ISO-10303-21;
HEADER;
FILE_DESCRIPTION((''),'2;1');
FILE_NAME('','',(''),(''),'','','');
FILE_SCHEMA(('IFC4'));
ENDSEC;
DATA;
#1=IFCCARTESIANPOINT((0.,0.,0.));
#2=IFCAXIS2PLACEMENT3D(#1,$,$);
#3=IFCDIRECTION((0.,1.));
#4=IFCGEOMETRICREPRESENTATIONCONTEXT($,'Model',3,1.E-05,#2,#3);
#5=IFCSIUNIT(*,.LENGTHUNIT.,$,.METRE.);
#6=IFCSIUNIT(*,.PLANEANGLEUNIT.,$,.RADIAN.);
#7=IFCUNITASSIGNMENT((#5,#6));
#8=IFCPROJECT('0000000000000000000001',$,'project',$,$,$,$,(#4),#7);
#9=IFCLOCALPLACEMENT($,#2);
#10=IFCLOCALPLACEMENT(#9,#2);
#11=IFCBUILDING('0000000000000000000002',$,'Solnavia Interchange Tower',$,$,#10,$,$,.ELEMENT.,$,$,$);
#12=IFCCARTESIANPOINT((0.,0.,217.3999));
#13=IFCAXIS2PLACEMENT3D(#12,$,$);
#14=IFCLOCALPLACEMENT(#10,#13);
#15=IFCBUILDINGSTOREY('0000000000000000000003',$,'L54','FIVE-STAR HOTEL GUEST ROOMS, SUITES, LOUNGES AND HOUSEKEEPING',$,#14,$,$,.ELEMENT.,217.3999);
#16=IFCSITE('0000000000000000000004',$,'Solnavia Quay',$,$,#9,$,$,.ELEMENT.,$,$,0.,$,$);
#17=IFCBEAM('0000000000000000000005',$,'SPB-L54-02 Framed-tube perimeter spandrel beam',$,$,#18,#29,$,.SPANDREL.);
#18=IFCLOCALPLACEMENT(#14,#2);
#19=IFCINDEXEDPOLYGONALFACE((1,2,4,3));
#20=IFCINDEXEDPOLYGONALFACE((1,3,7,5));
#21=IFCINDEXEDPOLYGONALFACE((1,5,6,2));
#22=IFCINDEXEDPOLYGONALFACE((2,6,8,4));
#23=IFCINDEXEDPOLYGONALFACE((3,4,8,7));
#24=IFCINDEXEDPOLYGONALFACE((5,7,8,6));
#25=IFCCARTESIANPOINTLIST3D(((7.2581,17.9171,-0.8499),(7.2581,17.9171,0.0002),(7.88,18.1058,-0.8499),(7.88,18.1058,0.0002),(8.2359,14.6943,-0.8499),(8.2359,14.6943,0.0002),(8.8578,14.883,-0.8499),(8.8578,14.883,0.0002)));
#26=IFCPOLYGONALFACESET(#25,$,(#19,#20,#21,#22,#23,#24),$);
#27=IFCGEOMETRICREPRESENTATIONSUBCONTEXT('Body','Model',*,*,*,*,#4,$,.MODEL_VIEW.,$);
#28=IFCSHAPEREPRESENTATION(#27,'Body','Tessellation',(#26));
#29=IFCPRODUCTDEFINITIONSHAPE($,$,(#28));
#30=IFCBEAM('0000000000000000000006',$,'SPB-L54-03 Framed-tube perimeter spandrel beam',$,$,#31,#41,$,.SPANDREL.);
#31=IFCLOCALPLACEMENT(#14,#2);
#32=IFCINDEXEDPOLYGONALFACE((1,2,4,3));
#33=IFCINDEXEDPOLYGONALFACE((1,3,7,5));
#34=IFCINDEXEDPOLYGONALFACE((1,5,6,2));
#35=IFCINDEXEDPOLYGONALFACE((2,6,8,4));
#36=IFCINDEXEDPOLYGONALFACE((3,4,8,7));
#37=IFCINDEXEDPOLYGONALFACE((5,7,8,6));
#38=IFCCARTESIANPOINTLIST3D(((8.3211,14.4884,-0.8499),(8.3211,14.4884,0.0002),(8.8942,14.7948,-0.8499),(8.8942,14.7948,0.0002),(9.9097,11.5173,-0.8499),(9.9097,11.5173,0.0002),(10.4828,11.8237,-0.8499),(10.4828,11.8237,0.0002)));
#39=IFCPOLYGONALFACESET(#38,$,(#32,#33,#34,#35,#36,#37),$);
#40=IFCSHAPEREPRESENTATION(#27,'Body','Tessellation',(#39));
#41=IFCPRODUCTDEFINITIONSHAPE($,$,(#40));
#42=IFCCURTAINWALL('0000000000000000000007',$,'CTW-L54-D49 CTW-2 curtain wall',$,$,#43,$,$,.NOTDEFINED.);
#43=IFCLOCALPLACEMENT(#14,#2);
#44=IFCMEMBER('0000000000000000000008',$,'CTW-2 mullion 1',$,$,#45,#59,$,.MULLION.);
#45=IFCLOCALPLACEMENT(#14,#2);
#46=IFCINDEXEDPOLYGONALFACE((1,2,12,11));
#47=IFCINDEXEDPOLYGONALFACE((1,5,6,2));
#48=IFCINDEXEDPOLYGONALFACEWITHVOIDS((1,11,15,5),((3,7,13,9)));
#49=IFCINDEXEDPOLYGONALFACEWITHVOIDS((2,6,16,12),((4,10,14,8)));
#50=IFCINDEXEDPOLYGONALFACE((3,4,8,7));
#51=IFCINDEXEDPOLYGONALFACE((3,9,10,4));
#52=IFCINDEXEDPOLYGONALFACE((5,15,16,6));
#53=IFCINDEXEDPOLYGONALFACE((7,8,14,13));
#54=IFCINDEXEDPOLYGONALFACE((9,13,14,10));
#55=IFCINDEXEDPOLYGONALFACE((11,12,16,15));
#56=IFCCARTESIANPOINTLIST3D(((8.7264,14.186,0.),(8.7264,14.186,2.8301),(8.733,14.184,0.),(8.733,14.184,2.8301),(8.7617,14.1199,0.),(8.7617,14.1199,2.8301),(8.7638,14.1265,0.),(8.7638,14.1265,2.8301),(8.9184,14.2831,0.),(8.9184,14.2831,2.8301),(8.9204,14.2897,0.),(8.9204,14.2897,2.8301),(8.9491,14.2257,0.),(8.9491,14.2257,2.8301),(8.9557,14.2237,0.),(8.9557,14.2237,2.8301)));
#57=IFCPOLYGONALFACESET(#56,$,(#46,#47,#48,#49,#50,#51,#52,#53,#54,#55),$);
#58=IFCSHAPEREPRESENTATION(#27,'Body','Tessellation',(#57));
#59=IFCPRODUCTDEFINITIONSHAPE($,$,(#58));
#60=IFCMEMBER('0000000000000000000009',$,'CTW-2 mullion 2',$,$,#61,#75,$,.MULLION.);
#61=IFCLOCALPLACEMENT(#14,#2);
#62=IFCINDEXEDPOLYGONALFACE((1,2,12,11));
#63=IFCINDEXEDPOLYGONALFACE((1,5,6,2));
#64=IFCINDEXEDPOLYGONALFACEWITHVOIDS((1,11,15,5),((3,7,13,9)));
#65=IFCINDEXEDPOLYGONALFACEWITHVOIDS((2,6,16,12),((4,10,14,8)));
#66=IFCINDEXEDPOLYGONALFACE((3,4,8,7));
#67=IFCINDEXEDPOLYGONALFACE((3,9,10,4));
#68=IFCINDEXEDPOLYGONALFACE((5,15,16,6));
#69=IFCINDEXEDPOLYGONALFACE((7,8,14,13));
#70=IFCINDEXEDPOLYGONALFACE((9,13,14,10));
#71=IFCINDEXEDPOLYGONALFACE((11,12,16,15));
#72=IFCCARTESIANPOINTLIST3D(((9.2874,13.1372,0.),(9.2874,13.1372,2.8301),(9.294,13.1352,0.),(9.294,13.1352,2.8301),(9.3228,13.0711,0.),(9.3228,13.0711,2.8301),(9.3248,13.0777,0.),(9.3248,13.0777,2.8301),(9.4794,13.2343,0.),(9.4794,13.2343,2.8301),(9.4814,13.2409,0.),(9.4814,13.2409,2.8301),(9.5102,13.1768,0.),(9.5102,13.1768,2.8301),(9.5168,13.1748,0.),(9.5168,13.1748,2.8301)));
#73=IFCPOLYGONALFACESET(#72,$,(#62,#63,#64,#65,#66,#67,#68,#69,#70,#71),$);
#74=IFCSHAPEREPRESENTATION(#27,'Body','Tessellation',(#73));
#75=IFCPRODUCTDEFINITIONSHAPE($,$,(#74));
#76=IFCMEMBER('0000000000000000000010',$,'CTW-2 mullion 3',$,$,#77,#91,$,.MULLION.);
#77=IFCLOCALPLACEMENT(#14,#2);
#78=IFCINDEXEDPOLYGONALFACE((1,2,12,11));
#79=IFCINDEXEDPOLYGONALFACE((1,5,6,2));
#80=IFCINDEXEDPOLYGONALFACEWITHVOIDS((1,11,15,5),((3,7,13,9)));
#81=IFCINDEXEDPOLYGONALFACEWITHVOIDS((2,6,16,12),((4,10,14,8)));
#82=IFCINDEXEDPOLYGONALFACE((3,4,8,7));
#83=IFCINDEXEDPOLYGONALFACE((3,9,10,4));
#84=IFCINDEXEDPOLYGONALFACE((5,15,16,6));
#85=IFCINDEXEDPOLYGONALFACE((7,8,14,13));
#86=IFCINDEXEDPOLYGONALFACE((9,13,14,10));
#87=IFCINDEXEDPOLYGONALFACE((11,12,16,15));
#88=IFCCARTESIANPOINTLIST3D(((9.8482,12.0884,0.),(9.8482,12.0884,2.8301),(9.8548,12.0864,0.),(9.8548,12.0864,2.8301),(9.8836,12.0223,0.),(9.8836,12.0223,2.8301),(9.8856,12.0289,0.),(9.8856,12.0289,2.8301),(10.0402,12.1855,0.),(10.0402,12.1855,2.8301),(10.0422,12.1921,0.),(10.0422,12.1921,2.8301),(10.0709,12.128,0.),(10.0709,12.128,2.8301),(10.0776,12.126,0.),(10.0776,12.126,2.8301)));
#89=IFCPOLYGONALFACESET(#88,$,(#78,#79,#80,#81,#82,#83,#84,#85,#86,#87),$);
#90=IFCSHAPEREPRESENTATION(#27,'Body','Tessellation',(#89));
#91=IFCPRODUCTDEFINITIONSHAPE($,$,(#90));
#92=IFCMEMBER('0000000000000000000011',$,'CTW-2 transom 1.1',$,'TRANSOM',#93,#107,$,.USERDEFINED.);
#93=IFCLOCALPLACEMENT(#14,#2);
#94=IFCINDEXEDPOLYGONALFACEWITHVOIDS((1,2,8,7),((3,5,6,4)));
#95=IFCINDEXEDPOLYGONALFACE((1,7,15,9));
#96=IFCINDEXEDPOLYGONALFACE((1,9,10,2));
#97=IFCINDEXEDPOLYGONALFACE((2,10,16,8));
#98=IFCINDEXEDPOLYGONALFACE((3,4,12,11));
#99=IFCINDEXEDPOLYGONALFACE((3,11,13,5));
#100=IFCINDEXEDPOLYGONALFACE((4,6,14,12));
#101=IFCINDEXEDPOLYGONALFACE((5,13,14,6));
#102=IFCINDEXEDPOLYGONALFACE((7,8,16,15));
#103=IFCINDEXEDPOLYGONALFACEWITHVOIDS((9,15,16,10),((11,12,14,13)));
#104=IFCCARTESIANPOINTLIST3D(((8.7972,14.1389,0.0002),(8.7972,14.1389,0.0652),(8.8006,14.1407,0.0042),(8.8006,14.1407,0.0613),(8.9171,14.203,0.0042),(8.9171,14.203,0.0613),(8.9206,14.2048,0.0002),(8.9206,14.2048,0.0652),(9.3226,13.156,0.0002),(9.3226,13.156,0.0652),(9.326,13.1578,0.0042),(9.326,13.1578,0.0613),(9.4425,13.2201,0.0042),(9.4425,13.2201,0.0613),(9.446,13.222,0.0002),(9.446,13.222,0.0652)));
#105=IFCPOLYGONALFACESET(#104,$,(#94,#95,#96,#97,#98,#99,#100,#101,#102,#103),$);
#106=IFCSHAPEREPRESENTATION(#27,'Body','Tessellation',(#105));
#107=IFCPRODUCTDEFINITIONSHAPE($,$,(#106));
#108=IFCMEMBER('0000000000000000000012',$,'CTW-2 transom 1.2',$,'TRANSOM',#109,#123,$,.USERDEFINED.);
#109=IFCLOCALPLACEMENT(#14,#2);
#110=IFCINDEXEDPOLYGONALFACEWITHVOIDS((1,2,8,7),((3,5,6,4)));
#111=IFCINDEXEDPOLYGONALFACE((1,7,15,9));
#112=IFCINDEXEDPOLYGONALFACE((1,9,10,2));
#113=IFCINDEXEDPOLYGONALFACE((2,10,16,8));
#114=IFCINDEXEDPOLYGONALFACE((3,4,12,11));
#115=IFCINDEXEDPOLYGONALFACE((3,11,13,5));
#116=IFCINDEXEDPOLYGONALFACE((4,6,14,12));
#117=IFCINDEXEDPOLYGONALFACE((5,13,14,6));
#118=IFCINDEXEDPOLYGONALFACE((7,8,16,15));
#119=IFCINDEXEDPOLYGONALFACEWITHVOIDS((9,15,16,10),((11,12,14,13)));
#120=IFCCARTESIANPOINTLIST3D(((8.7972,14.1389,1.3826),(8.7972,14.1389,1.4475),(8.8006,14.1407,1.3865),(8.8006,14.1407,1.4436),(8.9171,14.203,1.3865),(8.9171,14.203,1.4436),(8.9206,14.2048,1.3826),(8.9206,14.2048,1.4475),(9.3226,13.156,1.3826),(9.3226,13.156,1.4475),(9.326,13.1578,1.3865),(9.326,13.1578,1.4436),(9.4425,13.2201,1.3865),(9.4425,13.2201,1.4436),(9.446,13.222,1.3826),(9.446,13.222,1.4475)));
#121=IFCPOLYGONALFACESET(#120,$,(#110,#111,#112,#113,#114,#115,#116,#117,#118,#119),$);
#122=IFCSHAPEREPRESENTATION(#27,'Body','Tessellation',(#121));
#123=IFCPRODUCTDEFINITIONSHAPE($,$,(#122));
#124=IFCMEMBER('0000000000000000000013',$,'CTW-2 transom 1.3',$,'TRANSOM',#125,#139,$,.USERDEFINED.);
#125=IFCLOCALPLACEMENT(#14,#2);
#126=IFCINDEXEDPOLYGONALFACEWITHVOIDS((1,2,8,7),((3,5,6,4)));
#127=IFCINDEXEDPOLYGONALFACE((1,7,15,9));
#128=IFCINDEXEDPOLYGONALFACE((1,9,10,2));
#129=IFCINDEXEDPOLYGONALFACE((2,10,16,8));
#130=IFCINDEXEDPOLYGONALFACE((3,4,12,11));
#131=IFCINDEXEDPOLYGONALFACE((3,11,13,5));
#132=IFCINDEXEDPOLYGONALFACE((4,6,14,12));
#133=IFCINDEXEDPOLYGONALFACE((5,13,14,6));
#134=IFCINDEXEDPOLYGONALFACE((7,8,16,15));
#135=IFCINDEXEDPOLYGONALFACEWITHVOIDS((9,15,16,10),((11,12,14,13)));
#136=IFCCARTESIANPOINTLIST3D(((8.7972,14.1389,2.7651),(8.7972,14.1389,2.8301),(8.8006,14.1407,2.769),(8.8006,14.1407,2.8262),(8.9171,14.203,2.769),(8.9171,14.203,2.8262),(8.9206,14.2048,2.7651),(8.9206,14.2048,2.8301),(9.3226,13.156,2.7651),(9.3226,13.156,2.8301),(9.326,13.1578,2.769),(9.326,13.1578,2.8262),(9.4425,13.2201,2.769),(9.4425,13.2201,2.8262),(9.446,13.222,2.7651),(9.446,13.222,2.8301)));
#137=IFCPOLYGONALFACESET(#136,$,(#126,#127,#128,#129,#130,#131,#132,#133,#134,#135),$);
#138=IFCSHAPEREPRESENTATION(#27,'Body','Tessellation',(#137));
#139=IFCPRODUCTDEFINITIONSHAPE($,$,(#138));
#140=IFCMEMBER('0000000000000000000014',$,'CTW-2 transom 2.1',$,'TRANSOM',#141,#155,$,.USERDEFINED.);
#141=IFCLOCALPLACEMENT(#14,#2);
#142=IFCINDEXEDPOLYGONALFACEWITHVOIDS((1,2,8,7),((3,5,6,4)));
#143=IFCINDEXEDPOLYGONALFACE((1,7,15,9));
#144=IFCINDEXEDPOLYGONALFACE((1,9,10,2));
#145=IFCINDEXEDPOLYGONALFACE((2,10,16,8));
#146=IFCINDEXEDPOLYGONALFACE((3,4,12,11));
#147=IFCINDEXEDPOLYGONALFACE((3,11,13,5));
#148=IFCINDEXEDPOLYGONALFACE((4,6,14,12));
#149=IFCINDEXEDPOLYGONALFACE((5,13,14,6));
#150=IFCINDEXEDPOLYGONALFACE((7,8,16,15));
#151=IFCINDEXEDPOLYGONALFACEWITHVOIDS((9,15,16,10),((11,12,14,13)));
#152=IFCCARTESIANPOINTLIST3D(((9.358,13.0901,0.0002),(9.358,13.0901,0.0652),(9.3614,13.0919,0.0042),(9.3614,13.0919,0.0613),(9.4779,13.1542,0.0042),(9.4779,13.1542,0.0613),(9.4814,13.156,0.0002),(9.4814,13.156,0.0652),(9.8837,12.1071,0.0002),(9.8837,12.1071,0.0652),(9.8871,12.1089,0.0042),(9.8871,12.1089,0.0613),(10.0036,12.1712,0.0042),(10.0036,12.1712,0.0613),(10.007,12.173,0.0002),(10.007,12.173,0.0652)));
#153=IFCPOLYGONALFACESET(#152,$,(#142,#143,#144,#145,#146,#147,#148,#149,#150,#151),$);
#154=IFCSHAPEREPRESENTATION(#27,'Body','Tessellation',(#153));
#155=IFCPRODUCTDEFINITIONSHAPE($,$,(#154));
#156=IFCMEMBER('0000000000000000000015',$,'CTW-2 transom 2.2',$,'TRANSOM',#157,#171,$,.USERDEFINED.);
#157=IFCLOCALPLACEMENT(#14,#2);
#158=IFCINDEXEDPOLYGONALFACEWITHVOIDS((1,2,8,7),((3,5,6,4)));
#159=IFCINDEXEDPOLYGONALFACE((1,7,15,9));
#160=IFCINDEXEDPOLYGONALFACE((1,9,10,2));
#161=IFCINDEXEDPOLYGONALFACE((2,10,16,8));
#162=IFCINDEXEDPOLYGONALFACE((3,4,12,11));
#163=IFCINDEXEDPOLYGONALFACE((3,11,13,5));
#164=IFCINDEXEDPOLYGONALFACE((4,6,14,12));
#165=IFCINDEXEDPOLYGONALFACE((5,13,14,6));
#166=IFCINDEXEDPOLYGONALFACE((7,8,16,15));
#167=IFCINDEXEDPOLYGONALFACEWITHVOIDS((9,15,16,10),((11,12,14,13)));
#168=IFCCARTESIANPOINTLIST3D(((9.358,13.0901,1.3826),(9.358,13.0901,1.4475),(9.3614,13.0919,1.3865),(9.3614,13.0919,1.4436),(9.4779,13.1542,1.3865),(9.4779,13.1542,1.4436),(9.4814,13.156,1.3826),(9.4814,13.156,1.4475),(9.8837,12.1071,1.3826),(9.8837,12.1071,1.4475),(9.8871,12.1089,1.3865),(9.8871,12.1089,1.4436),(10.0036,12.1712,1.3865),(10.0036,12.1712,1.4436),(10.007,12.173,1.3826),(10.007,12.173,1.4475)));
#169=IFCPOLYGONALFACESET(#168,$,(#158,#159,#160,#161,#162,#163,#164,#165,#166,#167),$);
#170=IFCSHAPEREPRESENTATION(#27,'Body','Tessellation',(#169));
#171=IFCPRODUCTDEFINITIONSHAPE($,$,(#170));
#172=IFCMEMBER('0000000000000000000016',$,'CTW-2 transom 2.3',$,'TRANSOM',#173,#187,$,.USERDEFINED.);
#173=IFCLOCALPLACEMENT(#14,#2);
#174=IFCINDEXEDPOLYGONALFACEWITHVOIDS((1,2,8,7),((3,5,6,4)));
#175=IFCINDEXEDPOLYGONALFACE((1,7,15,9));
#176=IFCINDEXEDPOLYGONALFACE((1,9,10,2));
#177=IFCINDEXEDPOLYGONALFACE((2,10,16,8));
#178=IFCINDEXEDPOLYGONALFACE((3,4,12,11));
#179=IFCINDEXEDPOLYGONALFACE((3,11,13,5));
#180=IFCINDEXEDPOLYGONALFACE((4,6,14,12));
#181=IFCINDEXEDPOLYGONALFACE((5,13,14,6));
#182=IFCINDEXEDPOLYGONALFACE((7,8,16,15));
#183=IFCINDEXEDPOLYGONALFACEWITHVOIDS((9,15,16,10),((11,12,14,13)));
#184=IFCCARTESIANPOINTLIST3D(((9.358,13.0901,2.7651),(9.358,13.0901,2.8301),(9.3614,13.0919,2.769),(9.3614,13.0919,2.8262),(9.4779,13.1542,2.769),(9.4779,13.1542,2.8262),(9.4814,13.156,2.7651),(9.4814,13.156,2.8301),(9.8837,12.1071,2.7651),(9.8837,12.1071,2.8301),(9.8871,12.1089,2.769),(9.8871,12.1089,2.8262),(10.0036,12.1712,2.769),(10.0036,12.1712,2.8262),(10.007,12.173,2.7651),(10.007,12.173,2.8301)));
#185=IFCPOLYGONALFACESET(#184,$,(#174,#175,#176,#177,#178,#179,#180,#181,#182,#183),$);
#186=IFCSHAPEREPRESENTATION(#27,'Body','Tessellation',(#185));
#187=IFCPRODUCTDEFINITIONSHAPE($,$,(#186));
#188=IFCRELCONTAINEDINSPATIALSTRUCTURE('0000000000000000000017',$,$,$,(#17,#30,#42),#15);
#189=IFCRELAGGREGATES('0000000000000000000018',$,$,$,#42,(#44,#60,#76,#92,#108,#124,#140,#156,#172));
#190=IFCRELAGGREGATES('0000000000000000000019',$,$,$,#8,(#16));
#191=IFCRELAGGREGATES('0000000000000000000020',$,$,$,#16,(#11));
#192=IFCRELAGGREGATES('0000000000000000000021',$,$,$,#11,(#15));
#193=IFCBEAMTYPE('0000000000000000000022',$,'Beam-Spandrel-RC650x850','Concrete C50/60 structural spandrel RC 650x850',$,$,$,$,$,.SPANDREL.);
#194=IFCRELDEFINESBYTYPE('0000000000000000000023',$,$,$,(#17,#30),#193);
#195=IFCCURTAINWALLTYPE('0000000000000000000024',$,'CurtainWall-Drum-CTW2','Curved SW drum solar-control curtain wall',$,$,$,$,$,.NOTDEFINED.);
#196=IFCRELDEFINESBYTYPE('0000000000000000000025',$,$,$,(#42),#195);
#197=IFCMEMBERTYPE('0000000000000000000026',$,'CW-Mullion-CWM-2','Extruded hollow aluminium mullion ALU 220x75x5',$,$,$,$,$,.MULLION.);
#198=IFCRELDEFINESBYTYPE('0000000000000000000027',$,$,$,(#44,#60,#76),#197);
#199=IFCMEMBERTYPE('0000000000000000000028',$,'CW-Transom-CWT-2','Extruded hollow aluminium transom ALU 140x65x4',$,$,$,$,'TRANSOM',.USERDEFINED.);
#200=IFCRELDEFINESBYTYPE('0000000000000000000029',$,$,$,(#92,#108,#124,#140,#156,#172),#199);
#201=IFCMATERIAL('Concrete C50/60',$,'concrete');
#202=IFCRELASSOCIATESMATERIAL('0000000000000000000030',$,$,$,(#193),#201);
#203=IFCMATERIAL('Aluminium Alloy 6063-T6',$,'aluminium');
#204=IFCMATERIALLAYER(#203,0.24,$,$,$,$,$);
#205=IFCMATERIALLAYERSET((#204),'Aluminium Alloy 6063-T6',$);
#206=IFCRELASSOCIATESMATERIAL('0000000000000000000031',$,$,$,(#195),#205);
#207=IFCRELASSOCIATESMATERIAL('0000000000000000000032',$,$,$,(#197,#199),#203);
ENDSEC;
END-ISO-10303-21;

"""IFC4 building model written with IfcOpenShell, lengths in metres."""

from ifc_helpers import new_model, si_unit, direction, frame, origin, origin_2d, place, context, subcontext, project, spatial, rectangle, hollow_rectangle, extrude, material, layer, layer_set, material_profile, profile_set, type_object, element, aggregate, save


model = new_model("IFC4")

# Units and contexts
model_context = context("Model", 3, precision=1e-05, world=origin(), true_north=direction((0.0, 1.0)))
body_context = subcontext(model_context, "Body", "Model", "MODEL_VIEW")
ifc_project = project(units=[si_unit("LENGTHUNIT", "METRE"), si_unit("PLANEANGLEUNIT", "RADIAN")], contexts=[model_context])

# Site, building, storey
site_placement = place(None, origin())
site = spatial("IfcSite", under=ifc_project, at=site_placement, Name="Solnavia Quay", CompositionType="ELEMENT", RefElevation=0.0)
building_placement = place(site_placement, origin())
building = spatial("IfcBuilding", under=site, at=building_placement, Name="Solnavia Interchange Tower", CompositionType="ELEMENT")
storey_placement = place(building_placement, frame((0.0, 0.0, 217.3999)))
storey = spatial("IfcBuildingStorey", under=building, at=storey_placement, Name="L54", Description="FIVE-STAR HOTEL GUEST ROOMS, SUITES, LOUNGES AND HOUSEKEEPING", CompositionType="ELEMENT", Elevation=217.3999)

# Shared definitions
ifc_material_1 = material(Name="Concrete C50/60", Category="concrete")

# Beams
ifc_material_profile_1 = material_profile(ifc_material_1, rectangle(XDim=0.6499, YDim=0.8501, at=origin_2d()), Name="RC 650x850")
ifc_profile_set_1 = profile_set([ifc_material_profile_1], Name="Concrete C50/60")
beam_type_1 = type_object("IfcBeamType", Name="Beam-Spandrel-RC650x850", Description="Concrete C50/60 structural spandrel RC 650x850", PredefinedType="SPANDREL", material=ifc_profile_set_1)
beam_1_placement = place(storey_placement, frame((7.5691, 18.0115, -0.4248), z_axis=(0.290319, -0.95693, 0.0), x_axis=(0.95693, 0.290319, 0.0)))
element("IfcBeam", 1, at=beam_1_placement, inside=storey, type_object=beam_type_1, Name="SPB-L54-02 Framed-tube perimeter spandrel beam", PredefinedType="SPANDREL", context=body_context, shape_type="SweptSolid", body=[
    extrude(rectangle(XDim=0.6499, YDim=0.8501, at=origin_2d()), origin(), (0.0, 0.0, 1.0), 3.3679),
])
beam_2_placement = place(storey_placement, frame((8.6077, 14.6416, -0.4248), z_axis=(0.471509, -0.881861, 0.0), x_axis=(0.881861, 0.471509, 0.0)))
element("IfcBeam", 2, at=beam_2_placement, inside=storey, type_object=beam_type_1, Name="SPB-L54-03 Framed-tube perimeter spandrel beam", PredefinedType="SPANDREL", context=body_context, shape_type="SweptSolid", body=[
    extrude(rectangle(XDim=0.6499, YDim=0.8501, at=origin_2d()), origin(), (0.0, 0.0, 1.0), 3.3691),
])

# Curtain wall, members
ifc_material_2 = material(Name="Aluminium Alloy 6063-T6", Category="aluminium")
ifc_layer_1 = layer(ifc_material_2, 0.24)
ifc_layer_set_1 = layer_set([ifc_layer_1], Name="Aluminium Alloy 6063-T6")
curtain_wall_type = type_object("IfcCurtainWallType", Name="CurtainWall-Drum-CTW2", Description="Curved SW drum solar-control curtain wall", PredefinedType="NOTDEFINED", material=ifc_layer_set_1)
curtain_wall_placement = place(storey_placement, origin())
curtain_wall = element("IfcCurtainWall", 3, at=curtain_wall_placement, inside=storey, type_object=curtain_wall_type, Name="CTW-L54-D49 CTW-2 curtain wall", PredefinedType="NOTDEFINED")
ifc_material_profile_2 = material_profile(ifc_material_2, hollow_rectangle(XDim=0.075, YDim=0.22, WallThickness=0.0049, at=origin_2d()), Name="ALU 220x75x5")
ifc_profile_set_2 = profile_set([ifc_material_profile_2], Name="Aluminium Alloy 6063-T6")
member_type_1 = type_object("IfcMemberType", Name="CW-Mullion-CWM-2", Description="Extruded hollow aluminium mullion ALU 220x75x5", PredefinedType="MULLION", material=ifc_profile_set_2)
member_1_placement = place(storey_placement, frame((8.8411, 14.2048, 0.0), z_axis=(0.0, 0.0, 1.0), x_axis=(0.471561, -0.881834, 0.0)))
member_1 = element("IfcMember", 4, at=member_1_placement, type_object=member_type_1, Name="CTW-2 mullion 1", PredefinedType="MULLION", context=body_context, shape_type="SweptSolid", body=[
    extrude(hollow_rectangle(XDim=0.075, YDim=0.22, WallThickness=0.0049, at=origin_2d()), origin(), (0.0, 0.0, 1.0), 2.8301),
])
member_2_placement = place(storey_placement, frame((9.4021, 13.156, 0.0), z_axis=(0.0, 0.0, 1.0), x_axis=(0.471561, -0.881834, 0.0)))
member_2 = element("IfcMember", 5, at=member_2_placement, type_object=member_type_1, Name="CTW-2 mullion 2", PredefinedType="MULLION", context=body_context, shape_type="SweptSolid", body=[
    extrude(hollow_rectangle(XDim=0.075, YDim=0.22, WallThickness=0.0049, at=origin_2d()), origin(), (0.0, 0.0, 1.0), 2.8301),
])
member_3_placement = place(storey_placement, frame((9.9629, 12.1072, 0.0), z_axis=(0.0, 0.0, 1.0), x_axis=(0.471561, -0.881834, 0.0)))
member_3 = element("IfcMember", 6, at=member_3_placement, type_object=member_type_1, Name="CTW-2 mullion 3", PredefinedType="MULLION", context=body_context, shape_type="SweptSolid", body=[
    extrude(hollow_rectangle(XDim=0.075, YDim=0.22, WallThickness=0.0049, at=origin_2d()), origin(), (0.0, 0.0, 1.0), 2.8301),
])
ifc_material_profile_3 = material_profile(ifc_material_2, hollow_rectangle(XDim=0.0649, YDim=0.1399, WallThickness=0.0039, at=origin_2d()), Name="ALU 140x65x4")
ifc_profile_set_3 = profile_set([ifc_material_profile_3], Name="Aluminium Alloy 6063-T6")
member_type_2 = type_object("IfcMemberType", Name="CW-Transom-CWT-2", Description="Extruded hollow aluminium transom ALU 140x65x4", ElementType="TRANSOM", PredefinedType="USERDEFINED", material=ifc_profile_set_3)
member_4_placement = place(storey_placement, frame((8.8589, 14.1719, 0.0327), z_axis=(0.471407, -0.881916, 0.0), x_axis=(0.0, 0.0, 1.0)))
member_4 = element("IfcMember", 7, at=member_4_placement, type_object=member_type_2, Name="CTW-2 transom 1.1", ObjectType="TRANSOM", PredefinedType="USERDEFINED", context=body_context, shape_type="SweptSolid", body=[
    extrude(hollow_rectangle(XDim=0.0649, YDim=0.1399, WallThickness=0.0039, at=origin_2d()), origin(), (0.0, 0.0, 1.0), 1.1145),
])
member_5_placement = place(storey_placement, frame((8.8589, 14.1719, 1.415), z_axis=(0.471407, -0.881916, 0.0), x_axis=(0.0, 0.0, 1.0)))
member_5 = element("IfcMember", 8, at=member_5_placement, type_object=member_type_2, Name="CTW-2 transom 1.2", ObjectType="TRANSOM", PredefinedType="USERDEFINED", context=body_context, shape_type="SweptSolid", body=[
    extrude(hollow_rectangle(XDim=0.0649, YDim=0.1399, WallThickness=0.0039, at=origin_2d()), origin(), (0.0, 0.0, 1.0), 1.1145),
])
member_6_placement = place(storey_placement, frame((8.8589, 14.1719, 2.7976), z_axis=(0.471407, -0.881916, 0.0), x_axis=(0.0, 0.0, 1.0)))
member_6 = element("IfcMember", 9, at=member_6_placement, type_object=member_type_2, Name="CTW-2 transom 1.3", ObjectType="TRANSOM", PredefinedType="USERDEFINED", context=body_context, shape_type="SweptSolid", body=[
    extrude(hollow_rectangle(XDim=0.0649, YDim=0.1399, WallThickness=0.0039, at=origin_2d()), origin(), (0.0, 0.0, 1.0), 1.1145),
])
member_7_placement = place(storey_placement, frame((9.4197, 13.123, 0.0327), z_axis=(0.471577, -0.881825, 0.0), x_axis=(0.0, 0.0, 1.0)))
member_7 = element("IfcMember", 10, at=member_7_placement, type_object=member_type_2, Name="CTW-2 transom 2.1", ObjectType="TRANSOM", PredefinedType="USERDEFINED", context=body_context, shape_type="SweptSolid", body=[
    extrude(hollow_rectangle(XDim=0.0649, YDim=0.1399, WallThickness=0.0039, at=origin_2d()), origin(), (0.0, 0.0, 1.0), 1.1147),
])
member_8_placement = place(storey_placement, frame((9.4197, 13.123, 1.415), z_axis=(0.471577, -0.881825, 0.0), x_axis=(0.0, 0.0, 1.0)))
member_8 = element("IfcMember", 11, at=member_8_placement, type_object=member_type_2, Name="CTW-2 transom 2.2", ObjectType="TRANSOM", PredefinedType="USERDEFINED", context=body_context, shape_type="SweptSolid", body=[
    extrude(hollow_rectangle(XDim=0.0649, YDim=0.1399, WallThickness=0.0039, at=origin_2d()), origin(), (0.0, 0.0, 1.0), 1.1147),
])
member_9_placement = place(storey_placement, frame((9.4197, 13.123, 2.7976), z_axis=(0.471577, -0.881825, 0.0), x_axis=(0.0, 0.0, 1.0)))
member_9 = element("IfcMember", 12, at=member_9_placement, type_object=member_type_2, Name="CTW-2 transom 2.3", ObjectType="TRANSOM", PredefinedType="USERDEFINED", context=body_context, shape_type="SweptSolid", body=[
    extrude(hollow_rectangle(XDim=0.0649, YDim=0.1399, WallThickness=0.0039, at=origin_2d()), origin(), (0.0, 0.0, 1.0), 1.1147),
])
aggregate(curtain_wall, [member_1, member_2, member_3, member_4, member_5, member_6, member_7, member_8, member_9])

save(model, "model.ifc")
